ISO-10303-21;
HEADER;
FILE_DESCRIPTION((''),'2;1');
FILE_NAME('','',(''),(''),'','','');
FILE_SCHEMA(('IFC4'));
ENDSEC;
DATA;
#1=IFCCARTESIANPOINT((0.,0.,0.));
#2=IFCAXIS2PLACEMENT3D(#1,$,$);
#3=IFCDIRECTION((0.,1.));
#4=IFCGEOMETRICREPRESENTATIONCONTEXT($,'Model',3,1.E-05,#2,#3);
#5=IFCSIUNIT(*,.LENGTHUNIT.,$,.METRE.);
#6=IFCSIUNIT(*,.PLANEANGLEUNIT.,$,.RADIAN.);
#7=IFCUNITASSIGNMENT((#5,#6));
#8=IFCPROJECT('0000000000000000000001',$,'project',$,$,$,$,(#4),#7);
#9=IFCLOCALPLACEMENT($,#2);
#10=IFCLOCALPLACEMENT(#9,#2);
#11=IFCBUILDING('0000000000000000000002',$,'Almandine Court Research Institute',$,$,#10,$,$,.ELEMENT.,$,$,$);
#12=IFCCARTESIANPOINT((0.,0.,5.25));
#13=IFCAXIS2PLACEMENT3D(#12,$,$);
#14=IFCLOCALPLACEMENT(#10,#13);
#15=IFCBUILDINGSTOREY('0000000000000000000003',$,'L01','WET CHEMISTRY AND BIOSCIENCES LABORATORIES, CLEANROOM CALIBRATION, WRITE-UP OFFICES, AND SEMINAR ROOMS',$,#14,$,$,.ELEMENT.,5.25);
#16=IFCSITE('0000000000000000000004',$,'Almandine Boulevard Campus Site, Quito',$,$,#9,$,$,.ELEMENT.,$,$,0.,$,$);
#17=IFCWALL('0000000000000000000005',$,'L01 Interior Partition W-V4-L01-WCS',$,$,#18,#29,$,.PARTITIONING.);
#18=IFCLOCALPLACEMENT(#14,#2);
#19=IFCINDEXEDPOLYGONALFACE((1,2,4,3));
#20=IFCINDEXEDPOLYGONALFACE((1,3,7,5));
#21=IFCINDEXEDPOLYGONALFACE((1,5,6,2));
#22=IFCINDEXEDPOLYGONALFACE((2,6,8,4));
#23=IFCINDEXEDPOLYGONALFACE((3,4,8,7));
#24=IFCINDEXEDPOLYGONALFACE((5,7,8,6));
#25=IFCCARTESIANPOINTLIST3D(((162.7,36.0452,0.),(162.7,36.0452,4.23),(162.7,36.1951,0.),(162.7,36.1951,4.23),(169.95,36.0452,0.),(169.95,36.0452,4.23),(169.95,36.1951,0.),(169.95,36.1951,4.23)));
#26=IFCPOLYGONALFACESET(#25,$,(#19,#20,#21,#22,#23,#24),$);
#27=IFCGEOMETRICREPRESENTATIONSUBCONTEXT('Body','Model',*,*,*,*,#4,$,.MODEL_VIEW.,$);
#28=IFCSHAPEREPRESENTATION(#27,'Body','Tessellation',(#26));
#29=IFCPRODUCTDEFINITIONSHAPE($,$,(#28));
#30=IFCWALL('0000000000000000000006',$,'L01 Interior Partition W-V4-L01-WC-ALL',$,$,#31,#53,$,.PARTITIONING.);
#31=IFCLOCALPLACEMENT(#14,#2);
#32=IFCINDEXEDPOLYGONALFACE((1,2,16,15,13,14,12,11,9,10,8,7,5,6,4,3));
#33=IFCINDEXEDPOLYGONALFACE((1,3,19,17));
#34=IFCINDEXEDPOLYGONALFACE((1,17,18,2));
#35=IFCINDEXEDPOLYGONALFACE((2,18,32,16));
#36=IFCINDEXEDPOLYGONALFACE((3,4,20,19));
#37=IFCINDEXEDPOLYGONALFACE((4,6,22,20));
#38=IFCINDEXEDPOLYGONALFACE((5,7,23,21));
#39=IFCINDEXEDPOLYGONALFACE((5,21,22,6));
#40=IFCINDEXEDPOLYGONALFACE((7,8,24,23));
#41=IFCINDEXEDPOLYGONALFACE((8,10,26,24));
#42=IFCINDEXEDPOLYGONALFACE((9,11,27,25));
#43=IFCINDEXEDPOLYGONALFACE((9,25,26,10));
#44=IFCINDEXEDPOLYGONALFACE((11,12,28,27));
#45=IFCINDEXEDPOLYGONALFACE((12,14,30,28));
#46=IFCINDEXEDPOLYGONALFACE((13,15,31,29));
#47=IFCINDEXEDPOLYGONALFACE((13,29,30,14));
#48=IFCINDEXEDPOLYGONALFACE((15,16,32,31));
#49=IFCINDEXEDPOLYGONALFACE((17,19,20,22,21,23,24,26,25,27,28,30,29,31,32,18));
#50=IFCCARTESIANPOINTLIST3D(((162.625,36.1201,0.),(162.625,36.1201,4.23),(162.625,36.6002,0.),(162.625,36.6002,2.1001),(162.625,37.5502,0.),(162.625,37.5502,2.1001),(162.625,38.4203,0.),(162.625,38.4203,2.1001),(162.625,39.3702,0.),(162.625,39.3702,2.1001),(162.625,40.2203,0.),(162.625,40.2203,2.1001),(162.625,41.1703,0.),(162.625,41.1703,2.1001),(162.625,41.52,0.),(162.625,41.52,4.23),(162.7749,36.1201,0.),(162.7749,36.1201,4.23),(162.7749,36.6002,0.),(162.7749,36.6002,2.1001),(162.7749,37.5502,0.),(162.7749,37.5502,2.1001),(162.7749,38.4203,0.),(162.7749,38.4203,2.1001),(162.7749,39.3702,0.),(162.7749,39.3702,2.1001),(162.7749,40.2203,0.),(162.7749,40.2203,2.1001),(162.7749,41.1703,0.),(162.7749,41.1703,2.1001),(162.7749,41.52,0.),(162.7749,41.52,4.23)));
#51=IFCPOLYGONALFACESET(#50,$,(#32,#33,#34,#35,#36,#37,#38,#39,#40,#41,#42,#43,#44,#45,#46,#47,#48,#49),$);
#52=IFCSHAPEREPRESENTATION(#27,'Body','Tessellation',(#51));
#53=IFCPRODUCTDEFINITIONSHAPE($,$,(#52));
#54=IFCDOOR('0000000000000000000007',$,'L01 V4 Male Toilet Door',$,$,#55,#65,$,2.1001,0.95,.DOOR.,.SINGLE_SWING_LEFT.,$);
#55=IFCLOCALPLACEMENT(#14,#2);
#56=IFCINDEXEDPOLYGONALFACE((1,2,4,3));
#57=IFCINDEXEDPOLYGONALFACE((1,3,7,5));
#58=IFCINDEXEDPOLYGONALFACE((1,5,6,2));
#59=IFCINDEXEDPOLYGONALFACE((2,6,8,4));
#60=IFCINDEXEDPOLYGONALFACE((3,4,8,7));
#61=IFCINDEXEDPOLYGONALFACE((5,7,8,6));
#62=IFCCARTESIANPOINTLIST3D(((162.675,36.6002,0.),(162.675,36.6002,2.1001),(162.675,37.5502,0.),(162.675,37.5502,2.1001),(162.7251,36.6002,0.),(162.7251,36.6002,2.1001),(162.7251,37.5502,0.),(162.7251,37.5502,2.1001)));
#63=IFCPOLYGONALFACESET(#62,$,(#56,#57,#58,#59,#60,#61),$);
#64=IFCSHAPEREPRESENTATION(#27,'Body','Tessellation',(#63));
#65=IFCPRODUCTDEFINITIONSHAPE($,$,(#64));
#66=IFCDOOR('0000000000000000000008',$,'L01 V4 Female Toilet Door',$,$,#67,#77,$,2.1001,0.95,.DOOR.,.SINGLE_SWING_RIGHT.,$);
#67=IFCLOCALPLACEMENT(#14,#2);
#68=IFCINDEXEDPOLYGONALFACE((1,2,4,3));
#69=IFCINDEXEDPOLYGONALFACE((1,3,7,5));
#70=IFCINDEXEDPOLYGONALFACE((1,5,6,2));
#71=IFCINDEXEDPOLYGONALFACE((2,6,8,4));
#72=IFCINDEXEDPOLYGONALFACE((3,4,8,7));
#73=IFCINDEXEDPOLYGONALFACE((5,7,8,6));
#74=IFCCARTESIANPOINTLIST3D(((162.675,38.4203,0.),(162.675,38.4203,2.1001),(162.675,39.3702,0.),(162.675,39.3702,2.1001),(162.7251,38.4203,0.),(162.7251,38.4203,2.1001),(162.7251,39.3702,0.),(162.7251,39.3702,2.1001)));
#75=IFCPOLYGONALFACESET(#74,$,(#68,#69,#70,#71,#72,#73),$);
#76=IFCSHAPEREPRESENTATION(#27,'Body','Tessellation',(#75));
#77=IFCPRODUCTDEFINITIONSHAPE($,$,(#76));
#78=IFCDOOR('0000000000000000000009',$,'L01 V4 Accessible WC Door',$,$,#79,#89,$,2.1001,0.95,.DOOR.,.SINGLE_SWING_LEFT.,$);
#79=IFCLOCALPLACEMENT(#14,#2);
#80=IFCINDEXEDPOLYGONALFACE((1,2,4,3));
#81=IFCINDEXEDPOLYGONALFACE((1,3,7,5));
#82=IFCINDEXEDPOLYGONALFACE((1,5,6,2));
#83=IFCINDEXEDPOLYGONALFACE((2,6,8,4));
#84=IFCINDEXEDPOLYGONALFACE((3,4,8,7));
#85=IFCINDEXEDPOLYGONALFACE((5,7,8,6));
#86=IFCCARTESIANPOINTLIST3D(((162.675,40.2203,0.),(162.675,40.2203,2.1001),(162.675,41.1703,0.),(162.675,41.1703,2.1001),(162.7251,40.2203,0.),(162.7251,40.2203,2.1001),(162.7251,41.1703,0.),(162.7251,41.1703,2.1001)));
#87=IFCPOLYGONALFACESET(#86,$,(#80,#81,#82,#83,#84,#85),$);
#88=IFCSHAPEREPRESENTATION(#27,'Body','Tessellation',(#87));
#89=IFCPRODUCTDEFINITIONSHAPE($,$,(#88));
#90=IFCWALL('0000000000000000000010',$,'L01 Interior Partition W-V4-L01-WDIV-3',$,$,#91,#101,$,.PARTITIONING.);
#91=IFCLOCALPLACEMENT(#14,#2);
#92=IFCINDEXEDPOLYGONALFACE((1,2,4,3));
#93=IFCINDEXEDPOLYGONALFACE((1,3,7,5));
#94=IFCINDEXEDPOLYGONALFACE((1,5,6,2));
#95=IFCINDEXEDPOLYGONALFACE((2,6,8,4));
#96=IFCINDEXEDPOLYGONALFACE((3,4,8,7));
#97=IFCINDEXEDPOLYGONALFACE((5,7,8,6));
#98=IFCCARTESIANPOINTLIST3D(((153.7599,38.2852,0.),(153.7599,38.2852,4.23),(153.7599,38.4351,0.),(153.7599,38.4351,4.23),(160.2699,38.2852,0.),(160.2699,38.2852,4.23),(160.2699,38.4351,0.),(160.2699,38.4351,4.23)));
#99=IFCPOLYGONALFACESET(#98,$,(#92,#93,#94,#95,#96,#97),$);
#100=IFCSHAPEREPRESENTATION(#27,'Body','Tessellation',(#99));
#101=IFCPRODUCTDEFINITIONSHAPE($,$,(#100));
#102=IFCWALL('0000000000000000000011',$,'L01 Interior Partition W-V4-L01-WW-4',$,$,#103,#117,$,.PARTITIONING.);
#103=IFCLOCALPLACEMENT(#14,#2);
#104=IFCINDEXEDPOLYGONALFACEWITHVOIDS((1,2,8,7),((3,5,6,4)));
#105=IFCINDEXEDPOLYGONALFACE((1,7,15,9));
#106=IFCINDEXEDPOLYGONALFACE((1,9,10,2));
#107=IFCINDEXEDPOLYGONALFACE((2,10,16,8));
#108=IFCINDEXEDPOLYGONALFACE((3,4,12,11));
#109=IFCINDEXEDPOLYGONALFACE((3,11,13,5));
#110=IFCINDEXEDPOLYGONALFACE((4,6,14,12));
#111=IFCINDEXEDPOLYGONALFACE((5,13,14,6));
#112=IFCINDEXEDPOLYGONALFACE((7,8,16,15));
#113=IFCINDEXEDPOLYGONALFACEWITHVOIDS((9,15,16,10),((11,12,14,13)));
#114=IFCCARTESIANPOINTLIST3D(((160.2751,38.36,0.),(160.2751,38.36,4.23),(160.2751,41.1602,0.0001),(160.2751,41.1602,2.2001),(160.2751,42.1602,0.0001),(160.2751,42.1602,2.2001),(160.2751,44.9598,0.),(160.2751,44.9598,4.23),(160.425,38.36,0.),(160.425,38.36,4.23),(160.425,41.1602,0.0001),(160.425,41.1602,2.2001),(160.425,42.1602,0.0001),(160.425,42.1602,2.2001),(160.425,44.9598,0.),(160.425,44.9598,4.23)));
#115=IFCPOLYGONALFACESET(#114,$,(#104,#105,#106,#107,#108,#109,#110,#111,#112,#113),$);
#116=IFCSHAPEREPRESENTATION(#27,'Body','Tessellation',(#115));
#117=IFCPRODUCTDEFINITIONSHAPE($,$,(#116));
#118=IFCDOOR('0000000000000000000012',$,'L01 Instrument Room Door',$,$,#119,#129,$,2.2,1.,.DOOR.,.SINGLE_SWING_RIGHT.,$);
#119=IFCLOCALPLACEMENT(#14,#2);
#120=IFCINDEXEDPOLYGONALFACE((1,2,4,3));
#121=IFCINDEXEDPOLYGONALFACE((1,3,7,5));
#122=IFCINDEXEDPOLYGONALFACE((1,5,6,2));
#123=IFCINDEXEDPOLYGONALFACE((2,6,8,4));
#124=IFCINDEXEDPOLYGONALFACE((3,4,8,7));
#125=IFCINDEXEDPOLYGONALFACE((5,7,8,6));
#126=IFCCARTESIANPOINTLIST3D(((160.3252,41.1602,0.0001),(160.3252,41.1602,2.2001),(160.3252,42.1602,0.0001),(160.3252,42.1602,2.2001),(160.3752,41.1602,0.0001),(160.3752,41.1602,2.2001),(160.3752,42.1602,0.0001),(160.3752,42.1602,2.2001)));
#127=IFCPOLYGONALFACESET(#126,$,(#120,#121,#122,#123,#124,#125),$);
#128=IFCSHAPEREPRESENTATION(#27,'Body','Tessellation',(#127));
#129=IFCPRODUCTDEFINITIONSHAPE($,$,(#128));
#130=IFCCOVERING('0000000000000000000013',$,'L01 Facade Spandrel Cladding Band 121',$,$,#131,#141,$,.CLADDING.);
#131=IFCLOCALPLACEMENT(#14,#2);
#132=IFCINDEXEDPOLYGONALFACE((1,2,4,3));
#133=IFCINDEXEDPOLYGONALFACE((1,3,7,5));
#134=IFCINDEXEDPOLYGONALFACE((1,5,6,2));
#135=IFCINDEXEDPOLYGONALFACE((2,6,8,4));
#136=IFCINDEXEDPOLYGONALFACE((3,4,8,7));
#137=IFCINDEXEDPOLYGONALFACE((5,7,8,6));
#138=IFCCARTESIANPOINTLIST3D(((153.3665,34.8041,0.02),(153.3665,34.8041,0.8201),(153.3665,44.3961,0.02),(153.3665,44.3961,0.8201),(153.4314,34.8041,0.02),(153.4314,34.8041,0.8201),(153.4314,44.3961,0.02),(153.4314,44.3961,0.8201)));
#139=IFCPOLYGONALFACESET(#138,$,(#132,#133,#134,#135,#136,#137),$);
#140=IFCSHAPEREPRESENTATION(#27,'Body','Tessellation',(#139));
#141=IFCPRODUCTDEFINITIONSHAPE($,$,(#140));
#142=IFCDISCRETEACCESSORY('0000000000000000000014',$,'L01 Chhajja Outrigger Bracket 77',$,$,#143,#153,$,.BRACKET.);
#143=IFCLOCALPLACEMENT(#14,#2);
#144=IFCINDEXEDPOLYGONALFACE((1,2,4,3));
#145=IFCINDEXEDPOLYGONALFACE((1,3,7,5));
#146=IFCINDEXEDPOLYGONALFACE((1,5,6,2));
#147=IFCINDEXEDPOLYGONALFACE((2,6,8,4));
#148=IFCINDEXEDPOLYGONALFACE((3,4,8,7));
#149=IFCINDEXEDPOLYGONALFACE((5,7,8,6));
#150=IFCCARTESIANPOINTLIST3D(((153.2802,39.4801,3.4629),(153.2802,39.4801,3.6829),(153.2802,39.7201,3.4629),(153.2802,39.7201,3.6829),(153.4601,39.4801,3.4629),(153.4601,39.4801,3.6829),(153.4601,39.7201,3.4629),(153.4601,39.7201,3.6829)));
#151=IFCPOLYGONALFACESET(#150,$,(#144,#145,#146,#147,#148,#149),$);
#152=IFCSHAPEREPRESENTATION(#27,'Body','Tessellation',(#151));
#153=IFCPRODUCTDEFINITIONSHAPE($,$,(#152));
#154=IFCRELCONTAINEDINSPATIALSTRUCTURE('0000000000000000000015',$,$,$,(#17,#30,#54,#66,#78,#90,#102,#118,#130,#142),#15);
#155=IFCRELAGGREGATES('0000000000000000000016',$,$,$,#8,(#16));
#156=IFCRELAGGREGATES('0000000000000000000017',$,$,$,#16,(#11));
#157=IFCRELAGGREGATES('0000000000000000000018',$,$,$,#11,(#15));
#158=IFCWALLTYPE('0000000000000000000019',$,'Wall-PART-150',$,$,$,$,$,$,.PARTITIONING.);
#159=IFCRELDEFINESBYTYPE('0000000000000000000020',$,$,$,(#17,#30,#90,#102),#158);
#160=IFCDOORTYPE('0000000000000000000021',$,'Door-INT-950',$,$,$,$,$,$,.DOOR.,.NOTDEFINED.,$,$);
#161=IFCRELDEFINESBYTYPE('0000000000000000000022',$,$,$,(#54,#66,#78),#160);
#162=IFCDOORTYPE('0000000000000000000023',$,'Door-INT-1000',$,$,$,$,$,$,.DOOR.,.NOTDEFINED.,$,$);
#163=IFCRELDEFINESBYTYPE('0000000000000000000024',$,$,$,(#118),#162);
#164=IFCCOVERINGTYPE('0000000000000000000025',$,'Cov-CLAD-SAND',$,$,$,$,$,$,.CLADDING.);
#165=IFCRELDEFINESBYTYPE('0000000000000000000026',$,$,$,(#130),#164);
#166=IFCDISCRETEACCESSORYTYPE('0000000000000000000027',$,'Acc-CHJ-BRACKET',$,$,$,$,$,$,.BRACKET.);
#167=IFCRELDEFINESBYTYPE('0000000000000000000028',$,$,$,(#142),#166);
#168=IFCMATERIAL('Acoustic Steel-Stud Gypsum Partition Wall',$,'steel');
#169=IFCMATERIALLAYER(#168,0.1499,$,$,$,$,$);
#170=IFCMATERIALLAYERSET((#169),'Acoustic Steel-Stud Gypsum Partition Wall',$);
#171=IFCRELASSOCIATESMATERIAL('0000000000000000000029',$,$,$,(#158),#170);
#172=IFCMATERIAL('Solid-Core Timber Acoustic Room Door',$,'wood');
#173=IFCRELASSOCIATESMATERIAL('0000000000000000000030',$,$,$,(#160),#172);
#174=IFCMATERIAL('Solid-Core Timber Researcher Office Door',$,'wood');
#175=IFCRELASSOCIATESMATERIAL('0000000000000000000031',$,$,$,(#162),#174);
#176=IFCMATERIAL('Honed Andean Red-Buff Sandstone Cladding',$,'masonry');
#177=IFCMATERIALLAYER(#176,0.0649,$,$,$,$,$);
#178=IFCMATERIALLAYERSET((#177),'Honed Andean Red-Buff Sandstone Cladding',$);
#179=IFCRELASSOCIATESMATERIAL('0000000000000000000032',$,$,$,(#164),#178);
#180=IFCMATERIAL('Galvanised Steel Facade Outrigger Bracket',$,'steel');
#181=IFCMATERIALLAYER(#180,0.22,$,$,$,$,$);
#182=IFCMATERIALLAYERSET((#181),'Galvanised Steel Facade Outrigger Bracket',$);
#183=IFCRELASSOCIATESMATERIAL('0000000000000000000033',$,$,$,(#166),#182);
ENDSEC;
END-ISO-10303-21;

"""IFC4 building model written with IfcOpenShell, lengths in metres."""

from ifc_helpers import new_model, si_unit, direction, frame, frame_2d, origin, origin_2d, place, context, subcontext, project, spatial, rectangle, extrude, material, layer, layer_set, type_object, element, fill, save


model = new_model("IFC4")

# Units and contexts
model_context = context("Model", 3, precision=1e-05, world=origin(), true_north=direction((0.0, 1.0)))
body_context = subcontext(model_context, "Body", "Model", "MODEL_VIEW")
ifc_project = project(units=[si_unit("LENGTHUNIT", "METRE"), si_unit("PLANEANGLEUNIT", "RADIAN")], contexts=[model_context])

# Site, building, storey
site_placement = place(None, origin())
site = spatial("IfcSite", under=ifc_project, at=site_placement, Name="Almandine Boulevard Campus Site, Quito", CompositionType="ELEMENT", RefElevation=0.0)
building_placement = place(site_placement, origin())
building = spatial("IfcBuilding", under=site, at=building_placement, Name="Almandine Court Research Institute", CompositionType="ELEMENT")
storey_placement = place(building_placement, frame((0.0, 0.0, 5.25)))
storey = spatial("IfcBuildingStorey", under=building, at=storey_placement, Name="L01", Description="WET CHEMISTRY AND BIOSCIENCES LABORATORIES, CLEANROOM CALIBRATION, WRITE-UP OFFICES, AND SEMINAR ROOMS", CompositionType="ELEMENT", Elevation=5.25)

# Wall
ifc_material_1 = material(Name="Acoustic Steel-Stud Gypsum Partition Wall", Category="steel")
ifc_layer_1 = layer(ifc_material_1, 0.1499)
ifc_layer_set_1 = layer_set([ifc_layer_1], Name="Acoustic Steel-Stud Gypsum Partition Wall")
wall_type_1 = type_object("IfcWallType", Name="Wall-PART-150", PredefinedType="PARTITIONING", material=ifc_layer_set_1)
wall_1_placement = place(storey_placement, frame((162.7, 36.1201, 0.0), z_axis=(0.0, 0.0, 1.0), x_axis=(1.0, 0.0, 0.0)))
element("IfcWall", 1, at=wall_1_placement, inside=storey, type_object=wall_type_1, Name="L01 Interior Partition W-V4-L01-WCS", PredefinedType="PARTITIONING", context=body_context, shape_type="SweptSolid", body=[
    extrude(rectangle(XDim=7.25, YDim=0.1499, at=frame_2d((3.625, 0.0))), origin(), (0.0, 0.0, 1.0), 4.23),
])

# Wall, openings, doors
wall_2_placement = place(storey_placement, frame((162.7, 36.1201, 0.0), z_axis=(0.0, 0.0, 1.0), x_axis=(0.0, 1.0, 0.0)))
wall_2 = element("IfcWall", 2, at=wall_2_placement, inside=storey, type_object=wall_type_1, Name="L01 Interior Partition W-V4-L01-WC-ALL", PredefinedType="PARTITIONING", context=body_context, shape_type="SweptSolid", body=[
    extrude(rectangle(XDim=5.3999, YDim=0.1499, at=frame_2d((2.7, 0.0))), origin(), (0.0, 0.0, 1.0), 4.23),
])
opening_1_placement = place(wall_2_placement, frame((0.48, 0.0, 0.0)))
opening_1 = element("IfcOpeningElement", 3, at=opening_1_placement, cuts=wall_2, PredefinedType="OPENING", context=body_context, shape_type="SweptSolid", body=[
    extrude(rectangle(XDim=0.95, YDim=2.1001, at=frame_2d((0.4751, 1.05))), frame((0.0, 0.085, 0.0), z_axis=(0.0, -1.0, 0.0), x_axis=(1.0, 0.0, 0.0)), (0.0, 0.0, 1.0), 0.1699),
])
opening_2_placement = place(wall_2_placement, frame((2.3, 0.0, 0.0)))
opening_2 = element("IfcOpeningElement", 4, at=opening_2_placement, cuts=wall_2, PredefinedType="OPENING", context=body_context, shape_type="SweptSolid", body=[
    extrude(rectangle(XDim=0.95, YDim=2.1001, at=frame_2d((0.4751, 1.05))), frame((0.0, 0.085, 0.0), z_axis=(0.0, -1.0, 0.0), x_axis=(1.0, 0.0, 0.0)), (0.0, 0.0, 1.0), 0.1699),
])
opening_3_placement = place(wall_2_placement, frame((4.1001, 0.0, 0.0)))
opening_3 = element("IfcOpeningElement", 5, at=opening_3_placement, cuts=wall_2, PredefinedType="OPENING", context=body_context, shape_type="SweptSolid", body=[
    extrude(rectangle(XDim=0.95, YDim=2.1001, at=frame_2d((0.4751, 1.05))), frame((0.0, 0.085, 0.0), z_axis=(0.0, -1.0, 0.0), x_axis=(1.0, 0.0, 0.0)), (0.0, 0.0, 1.0), 0.1699),
])
ifc_material_2 = material(Name="Solid-Core Timber Acoustic Room Door", Category="wood")
door_type_1 = type_object("IfcDoorType", Name="Door-INT-950", OperationType="NOTDEFINED", PredefinedType="DOOR", material=ifc_material_2)
door_1_placement = place(opening_1_placement, origin())
door_1 = element("IfcDoor", 6, at=door_1_placement, inside=storey, type_object=door_type_1, Name="L01 V4 Male Toilet Door", OperationType="SINGLE_SWING_LEFT", OverallHeight=2.1001, OverallWidth=0.95, PredefinedType="DOOR", context=body_context, shape_type="SweptSolid", body=[
    extrude(rectangle(XDim=0.95, YDim=2.1001, at=frame_2d((0.4751, 1.05))), frame((0.0, 0.0249, 0.0), z_axis=(0.0, -1.0, 0.0), x_axis=(1.0, 0.0, 0.0)), (0.0, 0.0, 1.0), 0.05),
])
fill(opening_1, door_1)
door_2_placement = place(opening_2_placement, origin())
door_2 = element("IfcDoor", 7, at=door_2_placement, inside=storey, type_object=door_type_1, Name="L01 V4 Female Toilet Door", OperationType="SINGLE_SWING_RIGHT", OverallHeight=2.1001, OverallWidth=0.95, PredefinedType="DOOR", context=body_context, shape_type="SweptSolid", body=[
    extrude(rectangle(XDim=0.95, YDim=2.1001, at=frame_2d((0.4751, 1.05))), frame((0.0, 0.0249, 0.0), z_axis=(0.0, -1.0, 0.0), x_axis=(1.0, 0.0, 0.0)), (0.0, 0.0, 1.0), 0.05),
])
fill(opening_2, door_2)
door_3_placement = place(opening_3_placement, origin())
door_3 = element("IfcDoor", 8, at=door_3_placement, inside=storey, type_object=door_type_1, Name="L01 V4 Accessible WC Door", OperationType="SINGLE_SWING_LEFT", OverallHeight=2.1001, OverallWidth=0.95, PredefinedType="DOOR", context=body_context, shape_type="SweptSolid", body=[
    extrude(rectangle(XDim=0.95, YDim=2.1001, at=frame_2d((0.4751, 1.05))), frame((0.0, 0.0249, 0.0), z_axis=(0.0, -1.0, 0.0), x_axis=(1.0, 0.0, 0.0)), (0.0, 0.0, 1.0), 0.05),
])
fill(opening_3, door_3)

# Wall
wall_3_placement = place(storey_placement, frame((153.76, 38.3601, 0.0), z_axis=(0.0, 0.0, 1.0), x_axis=(1.0, 0.0, 0.0)))
element("IfcWall", 9, at=wall_3_placement, inside=storey, type_object=wall_type_1, Name="L01 Interior Partition W-V4-L01-WDIV-3", PredefinedType="PARTITIONING", context=body_context, shape_type="SweptSolid", body=[
    extrude(rectangle(XDim=6.51, YDim=0.1499, at=frame_2d((3.2549, 0.0))), origin(), (0.0, 0.0, 1.0), 4.23),
])

# Wall, opening, door
wall_4_placement = place(storey_placement, frame((160.3501, 38.3601, 0.0), z_axis=(0.0, 0.0, 1.0), x_axis=(0.0, 1.0, 0.0)))
wall_4 = element("IfcWall", 10, at=wall_4_placement, inside=storey, type_object=wall_type_1, Name="L01 Interior Partition W-V4-L01-WW-4", PredefinedType="PARTITIONING", context=body_context, shape_type="SweptSolid", body=[
    extrude(rectangle(XDim=6.5999, YDim=0.1499, at=frame_2d((3.2998, 0.0))), origin(), (0.0, 0.0, 1.0), 4.23),
])
opening_4_placement = place(wall_4_placement, frame((2.8, 0.0, 0.0)))
opening_4 = element("IfcOpeningElement", 11, at=opening_4_placement, cuts=wall_4, PredefinedType="OPENING", context=body_context, shape_type="SweptSolid", body=[
    extrude(rectangle(XDim=1.0, YDim=2.2, at=frame_2d((0.5, 1.1001))), frame((0.0, 0.085, 0.0), z_axis=(0.0, -1.0, 0.0), x_axis=(1.0, 0.0, 0.0)), (0.0, 0.0, 1.0), 0.1699),
])
ifc_material_3 = material(Name="Solid-Core Timber Researcher Office Door", Category="wood")
door_type_2 = type_object("IfcDoorType", Name="Door-INT-1000", OperationType="NOTDEFINED", PredefinedType="DOOR", material=ifc_material_3)
door_4_placement = place(opening_4_placement, origin())
door_4 = element("IfcDoor", 12, at=door_4_placement, inside=storey, type_object=door_type_2, Name="L01 Instrument Room Door", OperationType="SINGLE_SWING_RIGHT", OverallHeight=2.2, OverallWidth=1.0, PredefinedType="DOOR", context=body_context, shape_type="SweptSolid", body=[
    extrude(rectangle(XDim=1.0, YDim=2.2, at=frame_2d((0.5, 1.1001))), frame((0.0, 0.0249, 0.0), z_axis=(0.0, -1.0, 0.0), x_axis=(1.0, 0.0, 0.0)), (0.0, 0.0, 1.0), 0.05),
])
fill(opening_4, door_4)

# Covering
ifc_material_4 = material(Name="Honed Andean Red-Buff Sandstone Cladding", Category="masonry")
ifc_layer_2 = layer(ifc_material_4, 0.0649)
ifc_layer_set_2 = layer_set([ifc_layer_2], Name="Honed Andean Red-Buff Sandstone Cladding")
covering_type = type_object("IfcCoveringType", Name="Cov-CLAD-SAND", PredefinedType="CLADDING", material=ifc_layer_set_2)
covering_placement = place(storey_placement, frame((153.3989, 39.6001, 0.02), z_axis=(0.0, 0.0, 1.0), x_axis=(0.0, 1.0, 0.0)))
element("IfcCovering", 13, at=covering_placement, inside=storey, type_object=covering_type, Name="L01 Facade Spandrel Cladding Band 121", PredefinedType="CLADDING", context=body_context, shape_type="SweptSolid", body=[
    extrude(rectangle(XDim=9.592, YDim=0.0649, at=origin_2d()), origin(), (0.0, 0.0, 1.0), 0.8),
])

# Discrete accessory
ifc_material_5 = material(Name="Galvanised Steel Facade Outrigger Bracket", Category="steel")
ifc_layer_3 = layer(ifc_material_5, 0.22)
ifc_layer_set_3 = layer_set([ifc_layer_3], Name="Galvanised Steel Facade Outrigger Bracket")
discrete_accessory_type = type_object("IfcDiscreteAccessoryType", Name="Acc-CHJ-BRACKET", PredefinedType="BRACKET", material=ifc_layer_set_3)
discrete_accessory_placement = place(storey_placement, frame((153.3701, 39.6001, 3.4629), z_axis=(0.0, 0.0, 1.0), x_axis=(0.0, 1.0, 0.0)))
element("IfcDiscreteAccessory", 14, at=discrete_accessory_placement, inside=storey, type_object=discrete_accessory_type, Name="L01 Chhajja Outrigger Bracket 77", PredefinedType="BRACKET", context=body_context, shape_type="SweptSolid", body=[
    extrude(rectangle(XDim=0.24, YDim=0.1799, at=origin_2d()), origin(), (0.0, 0.0, 1.0), 0.22),
])

save(model, "model.ifc")
